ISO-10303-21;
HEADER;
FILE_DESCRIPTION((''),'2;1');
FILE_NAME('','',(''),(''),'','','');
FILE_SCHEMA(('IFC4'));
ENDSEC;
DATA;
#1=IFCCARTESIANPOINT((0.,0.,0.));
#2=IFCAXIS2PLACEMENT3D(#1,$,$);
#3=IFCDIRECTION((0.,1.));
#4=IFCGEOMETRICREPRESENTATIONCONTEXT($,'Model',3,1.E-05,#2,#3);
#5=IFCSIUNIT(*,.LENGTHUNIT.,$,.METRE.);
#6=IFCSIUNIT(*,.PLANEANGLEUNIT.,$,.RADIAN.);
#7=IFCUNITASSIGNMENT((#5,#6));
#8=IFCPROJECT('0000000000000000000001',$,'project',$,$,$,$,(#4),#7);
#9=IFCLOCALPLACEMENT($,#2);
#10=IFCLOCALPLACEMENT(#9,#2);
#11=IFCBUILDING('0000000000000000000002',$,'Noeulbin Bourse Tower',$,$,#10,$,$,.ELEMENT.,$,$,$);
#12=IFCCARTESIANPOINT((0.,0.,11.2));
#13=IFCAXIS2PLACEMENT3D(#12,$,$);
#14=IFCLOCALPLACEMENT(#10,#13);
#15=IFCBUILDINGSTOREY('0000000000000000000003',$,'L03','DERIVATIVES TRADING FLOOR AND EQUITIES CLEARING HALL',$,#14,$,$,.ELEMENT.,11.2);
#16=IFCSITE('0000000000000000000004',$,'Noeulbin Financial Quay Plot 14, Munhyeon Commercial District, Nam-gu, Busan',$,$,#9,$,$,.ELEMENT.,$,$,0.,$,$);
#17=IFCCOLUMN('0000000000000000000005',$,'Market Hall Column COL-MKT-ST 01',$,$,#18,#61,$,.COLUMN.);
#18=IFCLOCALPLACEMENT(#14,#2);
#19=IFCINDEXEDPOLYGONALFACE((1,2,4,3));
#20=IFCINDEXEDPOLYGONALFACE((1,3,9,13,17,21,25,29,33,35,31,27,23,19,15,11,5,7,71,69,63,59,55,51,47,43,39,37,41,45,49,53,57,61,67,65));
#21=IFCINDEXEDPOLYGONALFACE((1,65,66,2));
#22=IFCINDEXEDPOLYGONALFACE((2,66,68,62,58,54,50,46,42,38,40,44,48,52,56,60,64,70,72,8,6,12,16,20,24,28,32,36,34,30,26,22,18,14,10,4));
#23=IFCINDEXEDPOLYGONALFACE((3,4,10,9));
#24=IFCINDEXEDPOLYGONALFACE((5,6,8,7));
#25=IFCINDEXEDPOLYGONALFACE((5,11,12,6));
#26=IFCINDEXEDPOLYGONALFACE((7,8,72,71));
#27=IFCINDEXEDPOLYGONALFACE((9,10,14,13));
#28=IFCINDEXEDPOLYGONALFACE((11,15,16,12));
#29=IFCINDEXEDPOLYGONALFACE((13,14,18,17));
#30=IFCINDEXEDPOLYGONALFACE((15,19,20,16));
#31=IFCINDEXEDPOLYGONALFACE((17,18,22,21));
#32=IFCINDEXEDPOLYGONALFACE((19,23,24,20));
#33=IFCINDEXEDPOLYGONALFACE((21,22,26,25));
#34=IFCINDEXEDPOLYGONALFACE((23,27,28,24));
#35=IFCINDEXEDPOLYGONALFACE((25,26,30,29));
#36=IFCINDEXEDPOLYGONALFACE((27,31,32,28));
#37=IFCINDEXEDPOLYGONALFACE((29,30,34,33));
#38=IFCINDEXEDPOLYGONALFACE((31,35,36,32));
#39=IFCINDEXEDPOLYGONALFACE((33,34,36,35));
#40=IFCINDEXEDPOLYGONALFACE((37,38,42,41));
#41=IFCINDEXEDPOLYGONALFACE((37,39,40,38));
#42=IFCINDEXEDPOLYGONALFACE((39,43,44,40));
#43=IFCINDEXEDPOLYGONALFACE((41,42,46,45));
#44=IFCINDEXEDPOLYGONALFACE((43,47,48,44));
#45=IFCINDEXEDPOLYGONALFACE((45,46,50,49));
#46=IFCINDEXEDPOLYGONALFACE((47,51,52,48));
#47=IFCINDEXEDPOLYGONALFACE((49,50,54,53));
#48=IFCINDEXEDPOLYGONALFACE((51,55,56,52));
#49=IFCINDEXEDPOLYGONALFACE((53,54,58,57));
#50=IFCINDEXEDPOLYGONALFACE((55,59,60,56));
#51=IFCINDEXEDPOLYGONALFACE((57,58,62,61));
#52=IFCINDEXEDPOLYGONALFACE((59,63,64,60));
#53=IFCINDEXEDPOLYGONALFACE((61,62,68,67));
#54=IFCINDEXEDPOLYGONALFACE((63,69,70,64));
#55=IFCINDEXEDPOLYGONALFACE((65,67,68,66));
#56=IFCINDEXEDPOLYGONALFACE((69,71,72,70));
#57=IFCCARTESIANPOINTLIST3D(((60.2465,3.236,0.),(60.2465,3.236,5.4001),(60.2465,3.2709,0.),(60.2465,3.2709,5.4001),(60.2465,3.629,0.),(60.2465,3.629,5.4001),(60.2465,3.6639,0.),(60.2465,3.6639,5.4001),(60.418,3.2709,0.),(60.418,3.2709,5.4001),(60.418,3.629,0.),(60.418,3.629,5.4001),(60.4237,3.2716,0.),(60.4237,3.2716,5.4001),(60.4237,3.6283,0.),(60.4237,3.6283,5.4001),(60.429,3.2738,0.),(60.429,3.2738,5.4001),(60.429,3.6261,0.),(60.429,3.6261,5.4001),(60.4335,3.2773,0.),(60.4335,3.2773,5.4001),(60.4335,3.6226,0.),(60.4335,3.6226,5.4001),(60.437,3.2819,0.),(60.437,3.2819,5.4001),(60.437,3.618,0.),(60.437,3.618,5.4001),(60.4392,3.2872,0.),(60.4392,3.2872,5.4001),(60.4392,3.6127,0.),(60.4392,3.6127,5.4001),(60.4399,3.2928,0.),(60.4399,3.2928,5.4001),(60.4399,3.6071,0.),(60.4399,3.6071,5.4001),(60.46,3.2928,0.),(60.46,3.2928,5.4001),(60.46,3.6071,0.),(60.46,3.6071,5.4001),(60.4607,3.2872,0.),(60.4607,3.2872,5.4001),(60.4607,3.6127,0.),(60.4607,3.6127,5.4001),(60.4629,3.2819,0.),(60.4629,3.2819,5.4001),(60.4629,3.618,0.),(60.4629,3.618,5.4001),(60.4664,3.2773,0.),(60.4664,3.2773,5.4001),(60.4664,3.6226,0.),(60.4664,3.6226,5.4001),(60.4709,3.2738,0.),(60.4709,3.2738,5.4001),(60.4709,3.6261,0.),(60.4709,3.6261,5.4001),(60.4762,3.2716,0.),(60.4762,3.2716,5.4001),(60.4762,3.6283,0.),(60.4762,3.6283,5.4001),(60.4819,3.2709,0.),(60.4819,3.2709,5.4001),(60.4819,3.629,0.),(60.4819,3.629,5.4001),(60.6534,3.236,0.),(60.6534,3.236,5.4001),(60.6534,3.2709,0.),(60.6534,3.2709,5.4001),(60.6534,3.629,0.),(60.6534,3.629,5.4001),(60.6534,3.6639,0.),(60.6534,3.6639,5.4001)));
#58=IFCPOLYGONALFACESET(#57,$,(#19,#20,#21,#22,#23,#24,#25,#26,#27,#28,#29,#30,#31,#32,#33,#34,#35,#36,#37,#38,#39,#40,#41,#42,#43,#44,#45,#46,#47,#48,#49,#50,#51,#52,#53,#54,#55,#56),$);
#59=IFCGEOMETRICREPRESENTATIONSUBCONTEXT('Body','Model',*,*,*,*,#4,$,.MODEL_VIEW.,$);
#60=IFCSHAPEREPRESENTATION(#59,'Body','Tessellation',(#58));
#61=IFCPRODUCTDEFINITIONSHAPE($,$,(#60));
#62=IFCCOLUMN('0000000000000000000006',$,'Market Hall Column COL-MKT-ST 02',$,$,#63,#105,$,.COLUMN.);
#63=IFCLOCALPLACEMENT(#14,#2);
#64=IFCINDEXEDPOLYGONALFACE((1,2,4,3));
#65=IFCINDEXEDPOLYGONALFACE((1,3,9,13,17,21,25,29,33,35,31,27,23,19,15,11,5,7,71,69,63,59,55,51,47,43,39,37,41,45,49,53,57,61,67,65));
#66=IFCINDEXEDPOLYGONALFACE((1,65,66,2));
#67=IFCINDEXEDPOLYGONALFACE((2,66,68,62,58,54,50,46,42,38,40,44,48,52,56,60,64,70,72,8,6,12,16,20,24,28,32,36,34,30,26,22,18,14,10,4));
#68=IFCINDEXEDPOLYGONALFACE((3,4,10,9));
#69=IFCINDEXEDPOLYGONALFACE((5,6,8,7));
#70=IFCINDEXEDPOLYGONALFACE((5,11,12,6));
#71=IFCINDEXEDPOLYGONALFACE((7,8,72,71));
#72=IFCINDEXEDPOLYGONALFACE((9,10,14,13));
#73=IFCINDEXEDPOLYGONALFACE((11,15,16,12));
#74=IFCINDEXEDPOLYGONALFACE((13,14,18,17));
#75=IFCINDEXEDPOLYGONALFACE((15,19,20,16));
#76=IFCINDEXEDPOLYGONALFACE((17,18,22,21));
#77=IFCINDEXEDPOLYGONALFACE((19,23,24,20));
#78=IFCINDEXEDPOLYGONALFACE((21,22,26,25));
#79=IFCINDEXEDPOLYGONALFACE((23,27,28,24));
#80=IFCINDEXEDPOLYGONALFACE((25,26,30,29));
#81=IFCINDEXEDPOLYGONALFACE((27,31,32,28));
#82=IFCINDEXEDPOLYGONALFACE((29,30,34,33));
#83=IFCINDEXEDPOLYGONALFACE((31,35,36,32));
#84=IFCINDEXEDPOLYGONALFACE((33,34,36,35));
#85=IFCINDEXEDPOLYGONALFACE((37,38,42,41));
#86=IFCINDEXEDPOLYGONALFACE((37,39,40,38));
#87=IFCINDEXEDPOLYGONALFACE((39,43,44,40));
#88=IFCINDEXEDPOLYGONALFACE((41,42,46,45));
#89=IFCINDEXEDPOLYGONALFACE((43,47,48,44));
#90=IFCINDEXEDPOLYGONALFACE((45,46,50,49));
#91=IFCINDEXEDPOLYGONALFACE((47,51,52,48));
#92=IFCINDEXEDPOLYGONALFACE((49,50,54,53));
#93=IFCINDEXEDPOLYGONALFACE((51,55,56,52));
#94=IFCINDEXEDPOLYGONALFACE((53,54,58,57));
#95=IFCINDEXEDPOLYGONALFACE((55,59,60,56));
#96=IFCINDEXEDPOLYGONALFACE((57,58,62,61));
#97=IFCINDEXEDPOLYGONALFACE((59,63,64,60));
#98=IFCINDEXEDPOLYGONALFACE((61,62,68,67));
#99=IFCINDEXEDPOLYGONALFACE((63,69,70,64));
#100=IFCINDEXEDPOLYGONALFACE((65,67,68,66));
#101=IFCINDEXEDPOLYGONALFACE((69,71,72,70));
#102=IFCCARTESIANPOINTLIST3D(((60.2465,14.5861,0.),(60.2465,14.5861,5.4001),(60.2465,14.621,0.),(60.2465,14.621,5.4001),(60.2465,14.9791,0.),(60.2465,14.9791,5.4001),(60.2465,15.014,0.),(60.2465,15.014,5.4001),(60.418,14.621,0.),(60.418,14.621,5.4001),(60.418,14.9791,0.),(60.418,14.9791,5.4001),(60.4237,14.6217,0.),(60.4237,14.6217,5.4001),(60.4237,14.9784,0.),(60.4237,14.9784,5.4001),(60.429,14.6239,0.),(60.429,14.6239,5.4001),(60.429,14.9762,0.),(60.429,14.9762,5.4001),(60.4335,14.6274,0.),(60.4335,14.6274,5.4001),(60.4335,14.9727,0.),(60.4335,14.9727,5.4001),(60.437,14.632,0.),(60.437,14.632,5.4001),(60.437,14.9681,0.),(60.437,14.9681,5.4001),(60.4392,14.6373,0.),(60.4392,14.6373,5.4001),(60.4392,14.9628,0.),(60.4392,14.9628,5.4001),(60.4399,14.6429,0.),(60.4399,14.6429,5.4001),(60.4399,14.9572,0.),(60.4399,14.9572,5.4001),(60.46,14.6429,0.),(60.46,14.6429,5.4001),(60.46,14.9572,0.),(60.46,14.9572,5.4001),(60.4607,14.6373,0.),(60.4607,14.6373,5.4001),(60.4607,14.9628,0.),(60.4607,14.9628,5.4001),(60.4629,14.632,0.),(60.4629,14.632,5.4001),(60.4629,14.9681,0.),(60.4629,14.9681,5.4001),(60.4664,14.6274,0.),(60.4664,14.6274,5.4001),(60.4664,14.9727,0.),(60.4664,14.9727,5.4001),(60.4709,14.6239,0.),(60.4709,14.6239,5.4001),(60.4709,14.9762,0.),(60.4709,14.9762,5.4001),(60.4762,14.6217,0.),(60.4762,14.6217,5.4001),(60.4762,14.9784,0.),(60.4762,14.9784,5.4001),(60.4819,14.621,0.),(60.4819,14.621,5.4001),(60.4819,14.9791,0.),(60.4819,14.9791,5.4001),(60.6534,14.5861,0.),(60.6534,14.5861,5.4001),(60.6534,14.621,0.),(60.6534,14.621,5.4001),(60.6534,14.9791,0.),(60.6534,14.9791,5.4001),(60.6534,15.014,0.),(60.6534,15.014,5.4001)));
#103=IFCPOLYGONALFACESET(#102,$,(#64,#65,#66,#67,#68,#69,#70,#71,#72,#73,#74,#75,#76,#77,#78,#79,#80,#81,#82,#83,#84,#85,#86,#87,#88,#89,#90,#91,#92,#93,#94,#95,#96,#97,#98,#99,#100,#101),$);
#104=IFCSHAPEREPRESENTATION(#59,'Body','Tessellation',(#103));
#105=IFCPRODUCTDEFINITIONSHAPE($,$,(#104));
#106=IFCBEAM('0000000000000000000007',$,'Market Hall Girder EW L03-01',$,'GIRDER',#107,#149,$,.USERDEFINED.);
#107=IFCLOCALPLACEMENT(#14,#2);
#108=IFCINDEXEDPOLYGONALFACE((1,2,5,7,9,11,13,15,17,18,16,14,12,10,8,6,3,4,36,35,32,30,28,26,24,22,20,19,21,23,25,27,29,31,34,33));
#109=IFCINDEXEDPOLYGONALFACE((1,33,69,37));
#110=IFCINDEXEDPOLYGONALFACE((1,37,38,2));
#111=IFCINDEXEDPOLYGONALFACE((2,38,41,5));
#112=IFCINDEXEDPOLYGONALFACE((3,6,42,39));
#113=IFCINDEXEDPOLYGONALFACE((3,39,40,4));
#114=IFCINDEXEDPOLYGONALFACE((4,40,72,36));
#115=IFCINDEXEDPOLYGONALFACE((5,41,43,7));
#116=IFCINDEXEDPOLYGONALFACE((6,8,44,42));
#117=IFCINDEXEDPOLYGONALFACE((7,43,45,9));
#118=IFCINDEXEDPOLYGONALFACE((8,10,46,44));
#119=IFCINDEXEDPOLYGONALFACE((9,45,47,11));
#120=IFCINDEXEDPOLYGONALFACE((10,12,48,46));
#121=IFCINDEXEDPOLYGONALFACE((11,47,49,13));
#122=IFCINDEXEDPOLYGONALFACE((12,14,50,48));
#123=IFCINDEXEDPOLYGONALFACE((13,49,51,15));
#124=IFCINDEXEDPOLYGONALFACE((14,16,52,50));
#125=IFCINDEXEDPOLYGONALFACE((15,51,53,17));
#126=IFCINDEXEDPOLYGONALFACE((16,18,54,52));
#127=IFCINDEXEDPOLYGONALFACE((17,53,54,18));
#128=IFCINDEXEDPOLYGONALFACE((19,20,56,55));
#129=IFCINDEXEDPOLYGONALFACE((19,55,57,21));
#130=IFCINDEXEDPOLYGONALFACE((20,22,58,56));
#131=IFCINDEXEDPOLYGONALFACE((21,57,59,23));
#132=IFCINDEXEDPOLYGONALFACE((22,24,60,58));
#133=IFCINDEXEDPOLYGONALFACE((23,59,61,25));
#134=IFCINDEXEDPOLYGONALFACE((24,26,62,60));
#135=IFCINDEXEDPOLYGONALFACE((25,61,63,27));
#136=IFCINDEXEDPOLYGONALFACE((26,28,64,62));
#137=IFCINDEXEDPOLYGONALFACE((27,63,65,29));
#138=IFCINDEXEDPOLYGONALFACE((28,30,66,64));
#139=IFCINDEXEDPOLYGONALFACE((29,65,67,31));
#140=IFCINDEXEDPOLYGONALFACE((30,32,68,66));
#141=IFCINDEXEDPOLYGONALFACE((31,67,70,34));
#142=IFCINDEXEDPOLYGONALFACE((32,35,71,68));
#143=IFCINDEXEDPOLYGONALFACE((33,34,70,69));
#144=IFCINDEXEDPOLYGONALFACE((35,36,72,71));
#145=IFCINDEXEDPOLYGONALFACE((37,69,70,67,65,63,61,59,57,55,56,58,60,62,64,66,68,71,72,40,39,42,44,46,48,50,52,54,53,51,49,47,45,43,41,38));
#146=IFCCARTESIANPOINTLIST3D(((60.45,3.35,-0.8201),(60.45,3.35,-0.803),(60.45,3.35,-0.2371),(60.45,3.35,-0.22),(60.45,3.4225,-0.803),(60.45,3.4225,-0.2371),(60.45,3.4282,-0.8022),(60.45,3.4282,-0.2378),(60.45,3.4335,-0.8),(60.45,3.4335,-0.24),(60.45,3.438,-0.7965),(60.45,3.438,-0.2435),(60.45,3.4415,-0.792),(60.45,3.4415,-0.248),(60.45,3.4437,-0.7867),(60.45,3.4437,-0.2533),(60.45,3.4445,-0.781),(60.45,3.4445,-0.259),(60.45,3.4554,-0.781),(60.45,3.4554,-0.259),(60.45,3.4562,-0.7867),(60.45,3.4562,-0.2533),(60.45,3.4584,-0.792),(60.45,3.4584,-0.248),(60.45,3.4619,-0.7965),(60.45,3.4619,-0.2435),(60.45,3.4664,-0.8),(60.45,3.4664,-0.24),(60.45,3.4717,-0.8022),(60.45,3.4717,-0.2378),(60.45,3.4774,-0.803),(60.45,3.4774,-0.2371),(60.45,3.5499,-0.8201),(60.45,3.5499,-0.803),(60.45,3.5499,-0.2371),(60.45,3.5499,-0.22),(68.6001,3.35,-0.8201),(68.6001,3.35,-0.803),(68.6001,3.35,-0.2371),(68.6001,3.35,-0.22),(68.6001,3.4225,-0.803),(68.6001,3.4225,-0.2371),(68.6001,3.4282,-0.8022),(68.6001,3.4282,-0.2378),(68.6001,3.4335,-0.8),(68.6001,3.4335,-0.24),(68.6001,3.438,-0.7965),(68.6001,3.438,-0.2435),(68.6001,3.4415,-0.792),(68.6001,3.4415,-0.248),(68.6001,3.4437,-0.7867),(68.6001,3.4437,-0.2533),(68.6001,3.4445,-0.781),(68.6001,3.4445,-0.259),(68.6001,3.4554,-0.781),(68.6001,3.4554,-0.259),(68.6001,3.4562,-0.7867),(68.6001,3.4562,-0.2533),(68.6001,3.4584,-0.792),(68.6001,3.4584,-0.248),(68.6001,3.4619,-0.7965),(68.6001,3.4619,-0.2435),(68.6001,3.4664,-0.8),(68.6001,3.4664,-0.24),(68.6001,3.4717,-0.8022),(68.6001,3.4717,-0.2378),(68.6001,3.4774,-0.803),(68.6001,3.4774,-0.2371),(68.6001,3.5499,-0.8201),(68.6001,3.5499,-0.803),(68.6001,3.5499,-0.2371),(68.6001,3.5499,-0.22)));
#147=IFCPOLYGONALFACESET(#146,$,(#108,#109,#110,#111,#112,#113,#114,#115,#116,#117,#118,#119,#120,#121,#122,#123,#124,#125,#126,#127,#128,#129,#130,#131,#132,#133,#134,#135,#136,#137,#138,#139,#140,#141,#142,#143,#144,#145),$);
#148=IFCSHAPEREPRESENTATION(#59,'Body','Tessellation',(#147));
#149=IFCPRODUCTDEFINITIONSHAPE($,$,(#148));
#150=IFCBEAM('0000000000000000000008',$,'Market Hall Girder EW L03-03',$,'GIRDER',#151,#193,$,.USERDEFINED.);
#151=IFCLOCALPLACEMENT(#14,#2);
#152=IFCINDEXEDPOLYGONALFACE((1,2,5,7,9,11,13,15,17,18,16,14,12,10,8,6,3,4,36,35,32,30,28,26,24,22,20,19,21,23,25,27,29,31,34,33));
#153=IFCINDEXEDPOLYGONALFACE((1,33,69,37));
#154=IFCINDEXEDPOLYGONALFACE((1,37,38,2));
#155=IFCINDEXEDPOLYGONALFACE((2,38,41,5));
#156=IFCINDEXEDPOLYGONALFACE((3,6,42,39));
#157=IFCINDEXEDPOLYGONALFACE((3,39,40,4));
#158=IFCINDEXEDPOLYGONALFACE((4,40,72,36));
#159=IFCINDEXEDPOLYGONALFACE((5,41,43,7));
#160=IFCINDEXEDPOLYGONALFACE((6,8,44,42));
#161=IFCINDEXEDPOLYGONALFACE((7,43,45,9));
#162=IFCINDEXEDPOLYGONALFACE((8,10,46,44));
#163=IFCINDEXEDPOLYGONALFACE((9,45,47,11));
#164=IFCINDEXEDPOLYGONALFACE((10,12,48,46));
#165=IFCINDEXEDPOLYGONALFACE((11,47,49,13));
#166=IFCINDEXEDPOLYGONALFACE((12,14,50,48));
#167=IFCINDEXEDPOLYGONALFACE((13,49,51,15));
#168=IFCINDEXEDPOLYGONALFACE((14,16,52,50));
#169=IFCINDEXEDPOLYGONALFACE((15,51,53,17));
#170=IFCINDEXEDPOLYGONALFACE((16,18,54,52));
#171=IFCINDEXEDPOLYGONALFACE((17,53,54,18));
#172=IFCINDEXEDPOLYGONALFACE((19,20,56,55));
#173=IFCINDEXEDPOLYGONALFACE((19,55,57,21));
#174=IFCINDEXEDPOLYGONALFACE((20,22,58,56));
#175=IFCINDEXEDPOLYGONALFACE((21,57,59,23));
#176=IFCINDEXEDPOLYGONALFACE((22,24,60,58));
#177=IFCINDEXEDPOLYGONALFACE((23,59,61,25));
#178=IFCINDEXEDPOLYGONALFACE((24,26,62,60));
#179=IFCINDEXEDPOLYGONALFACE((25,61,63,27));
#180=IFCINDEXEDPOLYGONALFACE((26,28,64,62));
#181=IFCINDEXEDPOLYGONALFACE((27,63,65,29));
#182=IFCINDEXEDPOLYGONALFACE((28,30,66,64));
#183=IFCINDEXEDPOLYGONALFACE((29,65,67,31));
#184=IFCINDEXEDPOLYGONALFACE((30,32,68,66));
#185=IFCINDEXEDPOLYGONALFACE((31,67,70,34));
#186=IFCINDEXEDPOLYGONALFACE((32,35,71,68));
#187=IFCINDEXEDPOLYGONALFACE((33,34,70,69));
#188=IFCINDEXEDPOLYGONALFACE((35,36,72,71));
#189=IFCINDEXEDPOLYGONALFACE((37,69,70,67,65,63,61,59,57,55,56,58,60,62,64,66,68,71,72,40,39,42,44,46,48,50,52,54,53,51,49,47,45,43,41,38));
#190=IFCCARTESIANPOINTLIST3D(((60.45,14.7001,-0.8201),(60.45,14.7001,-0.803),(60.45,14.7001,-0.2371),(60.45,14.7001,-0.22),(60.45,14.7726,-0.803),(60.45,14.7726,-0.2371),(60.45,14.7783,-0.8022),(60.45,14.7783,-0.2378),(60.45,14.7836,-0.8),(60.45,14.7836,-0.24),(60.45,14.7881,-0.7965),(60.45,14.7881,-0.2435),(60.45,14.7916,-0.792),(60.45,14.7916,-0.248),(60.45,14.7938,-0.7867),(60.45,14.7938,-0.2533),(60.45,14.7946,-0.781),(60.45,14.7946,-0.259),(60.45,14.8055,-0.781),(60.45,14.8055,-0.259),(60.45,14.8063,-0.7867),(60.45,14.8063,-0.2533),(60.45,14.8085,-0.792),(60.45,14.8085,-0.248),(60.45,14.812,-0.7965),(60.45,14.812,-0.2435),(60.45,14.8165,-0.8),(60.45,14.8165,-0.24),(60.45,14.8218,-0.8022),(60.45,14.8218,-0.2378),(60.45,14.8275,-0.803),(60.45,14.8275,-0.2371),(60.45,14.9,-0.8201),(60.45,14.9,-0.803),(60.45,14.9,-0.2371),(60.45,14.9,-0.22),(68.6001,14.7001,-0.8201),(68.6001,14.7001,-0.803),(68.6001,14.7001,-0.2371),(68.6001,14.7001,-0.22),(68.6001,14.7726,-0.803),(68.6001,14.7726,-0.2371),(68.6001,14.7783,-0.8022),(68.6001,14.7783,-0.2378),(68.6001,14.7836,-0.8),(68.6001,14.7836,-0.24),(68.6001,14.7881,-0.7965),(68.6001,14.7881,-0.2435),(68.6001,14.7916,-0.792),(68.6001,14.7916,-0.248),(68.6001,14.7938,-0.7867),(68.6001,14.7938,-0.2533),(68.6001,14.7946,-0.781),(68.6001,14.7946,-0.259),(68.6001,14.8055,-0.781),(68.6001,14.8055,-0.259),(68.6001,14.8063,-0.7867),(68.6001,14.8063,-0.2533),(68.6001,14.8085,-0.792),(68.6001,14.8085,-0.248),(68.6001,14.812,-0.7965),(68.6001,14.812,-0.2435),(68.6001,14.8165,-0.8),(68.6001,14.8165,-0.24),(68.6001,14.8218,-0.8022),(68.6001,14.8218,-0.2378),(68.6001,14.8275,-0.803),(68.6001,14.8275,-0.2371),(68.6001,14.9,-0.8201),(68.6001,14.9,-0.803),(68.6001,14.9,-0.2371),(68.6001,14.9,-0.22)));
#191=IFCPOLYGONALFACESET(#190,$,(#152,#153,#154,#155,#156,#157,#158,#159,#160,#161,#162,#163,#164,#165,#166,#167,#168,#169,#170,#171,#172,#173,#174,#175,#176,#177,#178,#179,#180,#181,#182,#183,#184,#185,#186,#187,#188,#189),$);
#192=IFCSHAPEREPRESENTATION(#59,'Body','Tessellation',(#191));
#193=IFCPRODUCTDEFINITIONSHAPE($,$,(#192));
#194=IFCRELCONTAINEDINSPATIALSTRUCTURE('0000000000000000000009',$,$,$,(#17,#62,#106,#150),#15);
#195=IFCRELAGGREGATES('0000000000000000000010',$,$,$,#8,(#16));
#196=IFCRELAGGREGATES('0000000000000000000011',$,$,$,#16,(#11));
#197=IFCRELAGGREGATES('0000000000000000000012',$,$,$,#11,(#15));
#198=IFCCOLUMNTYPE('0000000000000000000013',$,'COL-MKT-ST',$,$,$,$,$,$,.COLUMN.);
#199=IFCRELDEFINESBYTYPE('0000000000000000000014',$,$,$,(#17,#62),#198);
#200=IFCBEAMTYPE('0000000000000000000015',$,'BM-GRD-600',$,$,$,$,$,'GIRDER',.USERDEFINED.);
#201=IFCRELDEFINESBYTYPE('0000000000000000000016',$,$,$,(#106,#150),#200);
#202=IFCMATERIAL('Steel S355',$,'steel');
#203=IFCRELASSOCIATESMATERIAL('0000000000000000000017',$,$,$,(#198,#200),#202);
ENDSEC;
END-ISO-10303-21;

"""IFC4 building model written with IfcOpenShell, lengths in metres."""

from ifc_helpers import new_model, si_unit, direction, frame, origin, origin_2d, place, context, subcontext, project, spatial, i_section, extrude, material, material_profile, profile_set, type_object, element, save


model = new_model("IFC4")

# Units and contexts
model_context = context("Model", 3, precision=1e-05, world=origin(), true_north=direction((0.0, 1.0)))
body_context = subcontext(model_context, "Body", "Model", "MODEL_VIEW")
ifc_project = project(units=[si_unit("LENGTHUNIT", "METRE"), si_unit("PLANEANGLEUNIT", "RADIAN")], contexts=[model_context])

# Site, building, storey
site_placement = place(None, origin())
site = spatial("IfcSite", under=ifc_project, at=site_placement, Name="Noeulbin Financial Quay Plot 14, Munhyeon Commercial District, Nam-gu, Busan", CompositionType="ELEMENT", RefElevation=0.0)
building_placement = place(site_placement, origin())
building = spatial("IfcBuilding", under=site, at=building_placement, Name="Noeulbin Bourse Tower", CompositionType="ELEMENT")
storey_placement = place(building_placement, frame((0.0, 0.0, 11.2)))
storey = spatial("IfcBuildingStorey", under=building, at=storey_placement, Name="L03", Description="DERIVATIVES TRADING FLOOR AND EQUITIES CLEARING HALL", CompositionType="ELEMENT", Elevation=11.2)

# Columns
ifc_material_1 = material(Name="Steel S355", Category="steel")
ifc_material_profile_1 = material_profile(ifc_material_1, i_section(OverallWidth=0.407, OverallDepth=0.428, WebThickness=0.02, FlangeThickness=0.0349, FilletRadius=0.022, at=origin_2d()), Name="H-428x407x20x35", Category="LoadBearing")
ifc_profile_set_1 = profile_set([ifc_material_profile_1], Name="Steel S355")
column_type = type_object("IfcColumnType", Name="COL-MKT-ST", PredefinedType="COLUMN", material=ifc_profile_set_1)
for number, where, z_axis, x_axis, name in (
    (1, (60.45, 3.45, 0.0), (0.0, 0.0, 1.0), (1.0, 0.0, 0.0), "Market Hall Column COL-MKT-ST 01"),
    (2, (60.45, 14.8, 0.0), (0.0, 0.0, 1.0), (1.0, 0.0, 0.0), "Market Hall Column COL-MKT-ST 02"),
):
    element("IfcColumn", number, at=place(storey_placement, frame(where, z_axis=z_axis, x_axis=x_axis)), inside=storey, type_object=column_type, Name=name, PredefinedType="COLUMN", context=body_context, shape_type="SweptSolid", body=[
        extrude(i_section(OverallWidth=0.407, OverallDepth=0.428, WebThickness=0.02, FlangeThickness=0.0349, FilletRadius=0.022, at=origin_2d()), origin(), (0.0, 0.0, 1.0), 5.4001),
    ])

# Beams
ifc_material_profile_2 = material_profile(ifc_material_1, i_section(OverallWidth=0.2, OverallDepth=0.6001, WebThickness=0.011, FlangeThickness=0.0171, FilletRadius=0.022, at=origin_2d()), Name="H-600x200x11x17", Category="LoadBearing")
ifc_profile_set_2 = profile_set([ifc_material_profile_2], Name="Steel S355")
beam_type = type_object("IfcBeamType", Name="BM-GRD-600", ElementType="GIRDER", PredefinedType="USERDEFINED", material=ifc_profile_set_2)
for number, where, z_axis, x_axis, name in (
    (3, (60.45, 3.45, -0.52), (1.0, 0.0, 0.0), (0.0, 1.0, 0.0), "Market Hall Girder EW L03-01"),
    (4, (60.45, 14.8, -0.52), (1.0, 0.0, 0.0), (0.0, 1.0, 0.0), "Market Hall Girder EW L03-03"),
):
    element("IfcBeam", number, at=place(storey_placement, frame(where, z_axis=z_axis, x_axis=x_axis)), inside=storey, type_object=beam_type, Name=name, ObjectType="GIRDER", PredefinedType="USERDEFINED", context=body_context, shape_type="SweptSolid", body=[
        extrude(i_section(OverallWidth=0.2, OverallDepth=0.6001, WebThickness=0.011, FlangeThickness=0.0171, FilletRadius=0.022, at=origin_2d()), origin(), (0.0, 0.0, 1.0), 8.1501),
    ])

save(model, "model.ifc")
